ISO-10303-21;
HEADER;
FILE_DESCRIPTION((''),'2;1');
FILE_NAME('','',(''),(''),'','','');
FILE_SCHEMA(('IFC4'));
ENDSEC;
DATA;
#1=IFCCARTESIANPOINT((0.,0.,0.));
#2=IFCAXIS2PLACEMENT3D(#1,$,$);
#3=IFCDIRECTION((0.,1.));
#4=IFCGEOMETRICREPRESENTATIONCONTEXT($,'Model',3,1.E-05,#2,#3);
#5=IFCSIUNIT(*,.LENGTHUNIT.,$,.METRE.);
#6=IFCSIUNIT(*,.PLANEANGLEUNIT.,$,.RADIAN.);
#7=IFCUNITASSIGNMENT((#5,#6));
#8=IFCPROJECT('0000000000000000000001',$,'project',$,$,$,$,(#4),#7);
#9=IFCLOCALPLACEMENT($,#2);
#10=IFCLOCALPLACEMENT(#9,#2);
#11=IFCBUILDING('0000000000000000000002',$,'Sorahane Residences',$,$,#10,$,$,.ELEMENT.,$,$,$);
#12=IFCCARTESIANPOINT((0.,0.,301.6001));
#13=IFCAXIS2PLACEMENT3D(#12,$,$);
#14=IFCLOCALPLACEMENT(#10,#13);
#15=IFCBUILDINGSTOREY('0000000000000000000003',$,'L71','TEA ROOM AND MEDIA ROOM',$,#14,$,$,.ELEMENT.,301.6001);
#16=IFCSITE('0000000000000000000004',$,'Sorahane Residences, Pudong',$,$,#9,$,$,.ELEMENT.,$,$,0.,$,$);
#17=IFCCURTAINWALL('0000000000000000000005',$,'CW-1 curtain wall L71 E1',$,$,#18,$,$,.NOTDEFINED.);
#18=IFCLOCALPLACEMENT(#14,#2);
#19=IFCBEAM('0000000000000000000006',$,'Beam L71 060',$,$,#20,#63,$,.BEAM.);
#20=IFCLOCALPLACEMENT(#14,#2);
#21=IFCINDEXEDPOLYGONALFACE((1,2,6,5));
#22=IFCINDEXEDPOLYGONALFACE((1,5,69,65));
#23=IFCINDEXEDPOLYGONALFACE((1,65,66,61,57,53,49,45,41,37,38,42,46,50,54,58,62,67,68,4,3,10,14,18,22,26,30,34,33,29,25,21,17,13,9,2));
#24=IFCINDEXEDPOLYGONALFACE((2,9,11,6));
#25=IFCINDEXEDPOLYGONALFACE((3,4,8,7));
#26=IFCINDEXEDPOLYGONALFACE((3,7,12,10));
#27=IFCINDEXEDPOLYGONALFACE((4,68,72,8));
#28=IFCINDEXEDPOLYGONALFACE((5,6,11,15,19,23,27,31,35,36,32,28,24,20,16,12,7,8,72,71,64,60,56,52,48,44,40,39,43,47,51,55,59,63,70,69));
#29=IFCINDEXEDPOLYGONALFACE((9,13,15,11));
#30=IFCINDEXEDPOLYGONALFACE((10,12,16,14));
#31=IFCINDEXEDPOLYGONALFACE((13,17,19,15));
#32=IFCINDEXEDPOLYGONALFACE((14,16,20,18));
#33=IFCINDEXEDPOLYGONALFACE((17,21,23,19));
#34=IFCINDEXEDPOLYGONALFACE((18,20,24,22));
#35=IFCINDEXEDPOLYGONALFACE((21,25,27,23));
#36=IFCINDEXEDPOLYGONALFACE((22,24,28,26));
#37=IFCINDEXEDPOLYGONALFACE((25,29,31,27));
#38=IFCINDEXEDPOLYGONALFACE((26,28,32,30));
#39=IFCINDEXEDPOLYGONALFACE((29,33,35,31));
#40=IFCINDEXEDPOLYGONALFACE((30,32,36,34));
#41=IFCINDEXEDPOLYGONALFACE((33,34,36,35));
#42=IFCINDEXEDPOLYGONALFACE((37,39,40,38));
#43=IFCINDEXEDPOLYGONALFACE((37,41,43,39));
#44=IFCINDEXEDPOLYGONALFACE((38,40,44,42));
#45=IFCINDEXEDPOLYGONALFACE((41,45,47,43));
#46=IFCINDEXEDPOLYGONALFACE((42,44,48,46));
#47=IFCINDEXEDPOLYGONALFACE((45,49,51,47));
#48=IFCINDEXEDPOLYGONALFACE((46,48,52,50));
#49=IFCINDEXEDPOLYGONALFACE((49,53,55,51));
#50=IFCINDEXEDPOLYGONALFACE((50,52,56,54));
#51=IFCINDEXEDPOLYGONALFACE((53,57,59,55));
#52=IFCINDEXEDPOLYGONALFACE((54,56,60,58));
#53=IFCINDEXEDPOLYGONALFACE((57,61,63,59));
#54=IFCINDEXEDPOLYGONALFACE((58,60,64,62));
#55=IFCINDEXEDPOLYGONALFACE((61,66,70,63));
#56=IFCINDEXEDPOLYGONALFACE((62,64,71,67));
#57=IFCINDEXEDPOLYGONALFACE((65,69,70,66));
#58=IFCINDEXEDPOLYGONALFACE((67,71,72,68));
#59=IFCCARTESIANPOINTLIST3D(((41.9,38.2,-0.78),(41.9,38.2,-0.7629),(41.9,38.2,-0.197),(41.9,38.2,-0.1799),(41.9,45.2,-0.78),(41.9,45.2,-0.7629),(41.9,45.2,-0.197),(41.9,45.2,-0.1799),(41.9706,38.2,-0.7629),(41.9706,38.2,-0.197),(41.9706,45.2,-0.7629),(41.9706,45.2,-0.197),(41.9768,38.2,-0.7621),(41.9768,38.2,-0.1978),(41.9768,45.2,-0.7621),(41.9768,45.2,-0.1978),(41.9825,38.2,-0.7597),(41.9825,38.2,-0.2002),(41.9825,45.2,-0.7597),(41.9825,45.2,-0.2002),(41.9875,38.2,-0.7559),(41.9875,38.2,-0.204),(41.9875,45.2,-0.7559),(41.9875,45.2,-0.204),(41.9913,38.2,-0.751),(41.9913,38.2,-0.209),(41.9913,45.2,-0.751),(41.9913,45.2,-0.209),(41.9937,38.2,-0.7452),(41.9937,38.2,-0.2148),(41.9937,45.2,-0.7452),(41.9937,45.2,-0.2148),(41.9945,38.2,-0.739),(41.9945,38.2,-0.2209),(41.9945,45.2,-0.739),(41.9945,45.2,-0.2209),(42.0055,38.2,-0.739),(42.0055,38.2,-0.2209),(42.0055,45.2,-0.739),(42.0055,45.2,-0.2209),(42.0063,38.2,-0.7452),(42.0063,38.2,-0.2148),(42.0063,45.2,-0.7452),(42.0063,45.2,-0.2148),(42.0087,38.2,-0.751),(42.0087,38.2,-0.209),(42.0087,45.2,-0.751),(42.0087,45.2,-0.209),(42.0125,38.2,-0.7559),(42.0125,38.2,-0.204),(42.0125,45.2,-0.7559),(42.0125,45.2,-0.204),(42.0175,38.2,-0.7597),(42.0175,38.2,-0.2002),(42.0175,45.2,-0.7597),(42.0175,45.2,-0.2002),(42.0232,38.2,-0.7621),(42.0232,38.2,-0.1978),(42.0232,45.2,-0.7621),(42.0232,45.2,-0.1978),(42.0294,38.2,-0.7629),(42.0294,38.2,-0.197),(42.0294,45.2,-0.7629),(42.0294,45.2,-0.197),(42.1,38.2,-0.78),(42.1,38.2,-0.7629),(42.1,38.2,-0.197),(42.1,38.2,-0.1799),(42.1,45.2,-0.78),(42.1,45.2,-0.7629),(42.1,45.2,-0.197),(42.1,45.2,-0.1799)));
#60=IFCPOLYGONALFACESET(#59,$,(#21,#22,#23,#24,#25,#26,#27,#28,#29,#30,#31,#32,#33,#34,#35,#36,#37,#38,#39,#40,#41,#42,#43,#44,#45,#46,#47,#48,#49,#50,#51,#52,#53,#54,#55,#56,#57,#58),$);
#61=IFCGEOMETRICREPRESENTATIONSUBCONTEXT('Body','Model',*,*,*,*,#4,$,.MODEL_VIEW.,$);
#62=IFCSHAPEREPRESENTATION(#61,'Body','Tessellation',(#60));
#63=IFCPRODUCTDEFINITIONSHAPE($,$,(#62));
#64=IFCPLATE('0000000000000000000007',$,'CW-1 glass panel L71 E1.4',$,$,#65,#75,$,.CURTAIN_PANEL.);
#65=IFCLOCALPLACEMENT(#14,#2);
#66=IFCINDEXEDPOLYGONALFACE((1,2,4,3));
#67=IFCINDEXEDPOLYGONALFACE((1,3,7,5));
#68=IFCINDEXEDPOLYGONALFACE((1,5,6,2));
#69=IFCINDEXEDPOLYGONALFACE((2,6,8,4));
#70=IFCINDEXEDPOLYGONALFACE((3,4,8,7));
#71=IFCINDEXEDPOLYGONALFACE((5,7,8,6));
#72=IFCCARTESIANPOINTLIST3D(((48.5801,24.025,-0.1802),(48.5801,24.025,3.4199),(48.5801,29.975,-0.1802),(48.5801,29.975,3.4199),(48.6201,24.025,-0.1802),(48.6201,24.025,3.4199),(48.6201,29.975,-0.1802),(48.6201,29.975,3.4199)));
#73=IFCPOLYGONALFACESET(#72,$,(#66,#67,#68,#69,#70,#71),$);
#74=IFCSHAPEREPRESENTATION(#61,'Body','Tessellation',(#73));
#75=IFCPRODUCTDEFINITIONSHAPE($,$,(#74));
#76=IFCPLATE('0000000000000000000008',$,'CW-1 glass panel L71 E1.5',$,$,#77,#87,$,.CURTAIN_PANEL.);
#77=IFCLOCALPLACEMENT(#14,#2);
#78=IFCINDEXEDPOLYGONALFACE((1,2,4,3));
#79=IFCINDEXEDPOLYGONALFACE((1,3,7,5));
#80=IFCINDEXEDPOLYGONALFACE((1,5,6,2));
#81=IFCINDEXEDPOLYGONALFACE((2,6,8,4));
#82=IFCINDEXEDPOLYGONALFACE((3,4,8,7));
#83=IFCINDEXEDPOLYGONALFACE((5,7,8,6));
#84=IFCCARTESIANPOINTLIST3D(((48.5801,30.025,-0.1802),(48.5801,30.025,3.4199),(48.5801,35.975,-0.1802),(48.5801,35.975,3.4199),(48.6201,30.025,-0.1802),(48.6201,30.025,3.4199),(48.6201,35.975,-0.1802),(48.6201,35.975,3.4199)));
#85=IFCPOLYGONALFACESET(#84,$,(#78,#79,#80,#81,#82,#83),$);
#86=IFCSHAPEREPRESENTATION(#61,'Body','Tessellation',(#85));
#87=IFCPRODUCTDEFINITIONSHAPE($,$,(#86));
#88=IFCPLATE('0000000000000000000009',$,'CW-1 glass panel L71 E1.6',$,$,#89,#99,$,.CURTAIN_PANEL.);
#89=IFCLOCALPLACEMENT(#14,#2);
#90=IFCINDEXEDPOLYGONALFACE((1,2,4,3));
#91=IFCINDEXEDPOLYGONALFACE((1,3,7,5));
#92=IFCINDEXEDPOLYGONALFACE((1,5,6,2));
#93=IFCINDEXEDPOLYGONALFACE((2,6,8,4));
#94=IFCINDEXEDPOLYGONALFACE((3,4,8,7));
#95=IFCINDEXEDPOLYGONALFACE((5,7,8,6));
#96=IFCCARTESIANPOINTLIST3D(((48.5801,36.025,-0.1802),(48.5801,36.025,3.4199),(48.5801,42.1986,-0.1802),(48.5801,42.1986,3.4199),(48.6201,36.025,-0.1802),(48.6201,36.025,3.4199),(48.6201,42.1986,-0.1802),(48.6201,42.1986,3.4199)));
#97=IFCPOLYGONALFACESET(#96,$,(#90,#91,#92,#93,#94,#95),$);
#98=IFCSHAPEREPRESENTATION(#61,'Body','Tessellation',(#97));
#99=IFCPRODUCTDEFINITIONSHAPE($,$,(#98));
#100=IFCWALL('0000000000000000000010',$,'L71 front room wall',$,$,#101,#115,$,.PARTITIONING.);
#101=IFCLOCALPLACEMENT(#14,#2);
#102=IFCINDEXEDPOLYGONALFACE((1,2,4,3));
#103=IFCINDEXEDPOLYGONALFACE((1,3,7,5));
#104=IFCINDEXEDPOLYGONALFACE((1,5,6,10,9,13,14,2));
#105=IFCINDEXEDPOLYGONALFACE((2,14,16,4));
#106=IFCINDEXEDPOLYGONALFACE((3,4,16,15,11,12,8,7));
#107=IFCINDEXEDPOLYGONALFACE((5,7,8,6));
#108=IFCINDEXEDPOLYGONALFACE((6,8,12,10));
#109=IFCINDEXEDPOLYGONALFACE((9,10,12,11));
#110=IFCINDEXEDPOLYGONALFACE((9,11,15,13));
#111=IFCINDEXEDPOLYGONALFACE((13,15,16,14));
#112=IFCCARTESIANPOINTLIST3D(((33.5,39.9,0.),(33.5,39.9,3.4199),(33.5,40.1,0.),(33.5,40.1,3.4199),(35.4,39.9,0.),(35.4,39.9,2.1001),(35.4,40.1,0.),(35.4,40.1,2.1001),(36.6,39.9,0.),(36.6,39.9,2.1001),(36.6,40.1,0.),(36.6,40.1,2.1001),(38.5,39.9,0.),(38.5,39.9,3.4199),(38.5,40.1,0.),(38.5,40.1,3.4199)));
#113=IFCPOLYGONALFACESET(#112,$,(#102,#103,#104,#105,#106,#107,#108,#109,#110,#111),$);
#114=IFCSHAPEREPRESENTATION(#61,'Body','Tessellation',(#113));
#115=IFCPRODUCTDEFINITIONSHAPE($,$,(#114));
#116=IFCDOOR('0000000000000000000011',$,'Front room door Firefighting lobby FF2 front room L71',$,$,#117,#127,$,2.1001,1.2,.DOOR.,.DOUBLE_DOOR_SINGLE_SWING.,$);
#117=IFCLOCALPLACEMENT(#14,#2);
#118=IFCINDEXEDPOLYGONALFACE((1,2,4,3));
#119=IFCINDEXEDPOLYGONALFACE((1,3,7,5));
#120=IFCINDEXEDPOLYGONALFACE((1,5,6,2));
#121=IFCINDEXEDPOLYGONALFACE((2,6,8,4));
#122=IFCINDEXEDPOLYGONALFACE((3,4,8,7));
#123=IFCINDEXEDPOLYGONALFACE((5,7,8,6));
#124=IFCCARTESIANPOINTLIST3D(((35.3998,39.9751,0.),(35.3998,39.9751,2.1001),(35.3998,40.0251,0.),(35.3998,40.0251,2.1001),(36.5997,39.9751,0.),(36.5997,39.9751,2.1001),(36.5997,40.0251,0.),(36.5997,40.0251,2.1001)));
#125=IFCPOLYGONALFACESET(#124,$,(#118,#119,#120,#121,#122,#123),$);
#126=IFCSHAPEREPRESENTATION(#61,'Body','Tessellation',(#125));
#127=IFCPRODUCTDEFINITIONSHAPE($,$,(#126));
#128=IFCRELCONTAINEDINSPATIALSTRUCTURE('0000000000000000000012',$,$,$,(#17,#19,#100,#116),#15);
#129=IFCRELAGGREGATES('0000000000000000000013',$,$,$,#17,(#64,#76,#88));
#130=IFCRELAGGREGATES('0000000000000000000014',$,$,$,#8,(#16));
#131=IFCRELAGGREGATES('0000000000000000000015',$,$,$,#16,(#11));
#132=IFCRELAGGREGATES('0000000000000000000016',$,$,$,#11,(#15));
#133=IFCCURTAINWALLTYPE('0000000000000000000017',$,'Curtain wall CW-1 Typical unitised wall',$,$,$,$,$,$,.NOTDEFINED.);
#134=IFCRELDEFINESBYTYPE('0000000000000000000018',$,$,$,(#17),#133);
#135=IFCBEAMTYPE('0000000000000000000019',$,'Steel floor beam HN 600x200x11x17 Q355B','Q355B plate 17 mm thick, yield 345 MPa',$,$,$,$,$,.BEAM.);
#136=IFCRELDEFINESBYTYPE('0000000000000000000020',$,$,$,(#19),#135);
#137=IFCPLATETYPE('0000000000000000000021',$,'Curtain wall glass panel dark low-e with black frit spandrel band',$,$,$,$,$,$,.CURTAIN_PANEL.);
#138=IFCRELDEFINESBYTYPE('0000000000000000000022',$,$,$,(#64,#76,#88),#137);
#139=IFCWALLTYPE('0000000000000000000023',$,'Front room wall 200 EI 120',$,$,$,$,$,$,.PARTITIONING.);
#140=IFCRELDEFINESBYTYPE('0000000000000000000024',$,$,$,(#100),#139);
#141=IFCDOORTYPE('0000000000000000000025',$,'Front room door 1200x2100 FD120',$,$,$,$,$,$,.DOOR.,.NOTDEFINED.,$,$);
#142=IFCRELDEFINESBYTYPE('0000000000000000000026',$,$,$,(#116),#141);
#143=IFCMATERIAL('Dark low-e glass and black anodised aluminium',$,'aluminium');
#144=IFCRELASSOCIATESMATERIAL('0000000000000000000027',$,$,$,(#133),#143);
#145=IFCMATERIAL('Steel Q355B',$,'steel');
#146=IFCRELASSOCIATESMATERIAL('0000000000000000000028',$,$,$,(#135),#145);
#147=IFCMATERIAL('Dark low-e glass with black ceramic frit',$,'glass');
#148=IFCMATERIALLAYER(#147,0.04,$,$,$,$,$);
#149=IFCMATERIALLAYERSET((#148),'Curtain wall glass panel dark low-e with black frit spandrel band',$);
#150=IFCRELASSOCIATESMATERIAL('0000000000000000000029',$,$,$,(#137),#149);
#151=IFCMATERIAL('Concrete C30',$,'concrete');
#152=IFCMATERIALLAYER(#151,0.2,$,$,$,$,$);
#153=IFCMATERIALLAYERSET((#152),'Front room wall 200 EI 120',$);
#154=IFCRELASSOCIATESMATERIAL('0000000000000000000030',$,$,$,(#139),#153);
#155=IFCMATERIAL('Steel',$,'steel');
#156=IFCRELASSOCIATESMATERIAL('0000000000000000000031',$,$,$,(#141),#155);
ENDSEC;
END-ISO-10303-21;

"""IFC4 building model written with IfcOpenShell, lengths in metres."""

from ifc_helpers import new_model, si_unit, direction, frame, frame_2d, origin, origin_2d, place, context, subcontext, project, spatial, rectangle, i_section, extrude, material, layer, layer_set, material_profile, profile_set, type_object, element, fill, aggregate, save


model = new_model("IFC4")

# Units and contexts
model_context = context("Model", 3, precision=1e-05, world=origin(), true_north=direction((0.0, 1.0)))
body_context = subcontext(model_context, "Body", "Model", "MODEL_VIEW")
ifc_project = project(units=[si_unit("LENGTHUNIT", "METRE"), si_unit("PLANEANGLEUNIT", "RADIAN")], contexts=[model_context])

# Site, building, storey
site_placement = place(None, origin())
site = spatial("IfcSite", under=ifc_project, at=site_placement, Name="Sorahane Residences, Pudong", CompositionType="ELEMENT", RefElevation=0.0)
building_placement = place(site_placement, origin())
building = spatial("IfcBuilding", under=site, at=building_placement, Name="Sorahane Residences", CompositionType="ELEMENT")
storey_placement = place(building_placement, frame((0.0, 0.0, 301.6001)))
storey = spatial("IfcBuildingStorey", under=building, at=storey_placement, Name="L71", Description="TEA ROOM AND MEDIA ROOM", CompositionType="ELEMENT", Elevation=301.6001)

# Curtain wall
ifc_material_1 = material(Name="Dark low-e glass and black anodised aluminium", Category="aluminium")
curtain_wall_type = type_object("IfcCurtainWallType", Name="Curtain wall CW-1 Typical unitised wall", PredefinedType="NOTDEFINED", material=ifc_material_1)
curtain_wall_placement = place(storey_placement, origin())
curtain_wall = element("IfcCurtainWall", 1, at=curtain_wall_placement, inside=storey, type_object=curtain_wall_type, Name="CW-1 curtain wall L71 E1", PredefinedType="NOTDEFINED")

# Beam
ifc_material_2 = material(Name="Steel Q355B", Category="steel")
ifc_material_profile_1 = material_profile(ifc_material_2, i_section(OverallWidth=0.2, OverallDepth=0.6001, WebThickness=0.011, FlangeThickness=0.0171, FilletRadius=0.0239, at=origin_2d()), Name="HN 600x200x11x17")
ifc_profile_set_1 = profile_set([ifc_material_profile_1], Name="Steel Q355B")
beam_type_1 = type_object("IfcBeamType", Name="Steel floor beam HN 600x200x11x17 Q355B", Description="Q355B plate 17 mm thick, yield 345 MPa", PredefinedType="BEAM", material=ifc_profile_set_1)
for number, where, z_axis, x_axis, name in (
    (2, (42.0, 38.2, -0.48), (0.0, 1.0, 0.0), (-1.0, 0.0, 0.0), "Beam L71 060"),
):
    element("IfcBeam", number, at=place(storey_placement, frame(where, z_axis=z_axis, x_axis=x_axis)), inside=storey, type_object=beam_type_1, Name=name, PredefinedType="BEAM", context=body_context, shape_type="SweptSolid", body=[
        extrude(i_section(OverallWidth=0.2, OverallDepth=0.6001, WebThickness=0.011, FlangeThickness=0.0171, FilletRadius=0.0239, at=origin_2d()), origin(), (0.0, 0.0, 1.0), 7.0),
    ])

# Plates
ifc_material_3 = material(Name="Dark low-e glass with black ceramic frit", Category="glass")
ifc_layer_1 = layer(ifc_material_3, 0.04)
ifc_layer_set_1 = layer_set([ifc_layer_1], Name="Curtain wall glass panel dark low-e with black frit spandrel band")
plate_type = type_object("IfcPlateType", Name="Curtain wall glass panel dark low-e with black frit spandrel band", PredefinedType="CURTAIN_PANEL", material=ifc_layer_set_1)
plate_1_placement = place(storey_placement, frame((48.6001, 27.0, -0.1802), z_axis=(0.0, 0.0, 1.0), x_axis=(0.0, 1.0, 0.0)))
plate_1 = element("IfcPlate", 3, at=plate_1_placement, type_object=plate_type, Name="CW-1 glass panel L71 E1.4", PredefinedType="CURTAIN_PANEL", context=body_context, shape_type="SweptSolid", body=[
    extrude(rectangle(XDim=5.95, YDim=0.04, at=origin_2d()), origin(), (0.0, 0.0, 1.0), 3.6001),
])
plate_2_placement = place(storey_placement, frame((48.6001, 33.0, -0.1802), z_axis=(0.0, 0.0, 1.0), x_axis=(0.0, 1.0, 0.0)))
plate_2 = element("IfcPlate", 4, at=plate_2_placement, type_object=plate_type, Name="CW-1 glass panel L71 E1.5", PredefinedType="CURTAIN_PANEL", context=body_context, shape_type="SweptSolid", body=[
    extrude(rectangle(XDim=5.95, YDim=0.04, at=origin_2d()), origin(), (0.0, 0.0, 1.0), 3.6001),
])
plate_3_placement = place(storey_placement, frame((48.6001, 39.1118, -0.1802), z_axis=(0.0, 0.0, 1.0), x_axis=(0.0, 1.0, 0.0)))
plate_3 = element("IfcPlate", 5, at=plate_3_placement, type_object=plate_type, Name="CW-1 glass panel L71 E1.6", PredefinedType="CURTAIN_PANEL", context=body_context, shape_type="SweptSolid", body=[
    extrude(rectangle(XDim=6.1736, YDim=0.04, at=origin_2d()), origin(), (0.0, 0.0, 1.0), 3.6001),
])
aggregate(curtain_wall, [plate_1, plate_2, plate_3])

# Wall, opening, door
ifc_material_4 = material(Name="Concrete C30", Category="concrete")
ifc_layer_2 = layer(ifc_material_4, 0.2)
ifc_layer_set_2 = layer_set([ifc_layer_2], Name="Front room wall 200 EI 120")
wall_type_1 = type_object("IfcWallType", Name="Front room wall 200 EI 120", PredefinedType="PARTITIONING", material=ifc_layer_set_2)
wall_1_placement = place(storey_placement, frame((33.5, 40.0, 0.0), z_axis=(0.0, 0.0, 1.0), x_axis=(1.0, 0.0, 0.0)))
wall_1 = element("IfcWall", 6, at=wall_1_placement, inside=storey, type_object=wall_type_1, Name="L71 front room wall", PredefinedType="PARTITIONING", context=body_context, shape_type="SweptSolid", body=[
    extrude(rectangle(XDim=5.0, YDim=0.2, at=frame_2d((2.5, 0.0))), origin(), (0.0, 0.0, 1.0), 3.4199),
])
opening_1_placement = place(wall_1_placement, frame((1.8999, 0.0, 0.0)))
opening_1 = element("IfcOpeningElement", 7, at=opening_1_placement, cuts=wall_1, PredefinedType="OPENING", context=body_context, shape_type="SweptSolid", body=[
    extrude(rectangle(XDim=1.2, YDim=2.1001, at=frame_2d((0.6001, 1.05))), frame((0.0, 0.1099, 0.0), z_axis=(0.0, -1.0, 0.0), x_axis=(1.0, 0.0, 0.0)), (0.0, 0.0, 1.0), 0.22),
])
ifc_material_5 = material(Name="Steel", Category="steel")
door_type_1 = type_object("IfcDoorType", Name="Front room door 1200x2100 FD120", OperationType="NOTDEFINED", PredefinedType="DOOR", material=ifc_material_5)
door_1_placement = place(opening_1_placement, frame((1.2, 0.0, 0.0), z_axis=(0.0, 0.0, 1.0), x_axis=(-1.0, 0.0, 0.0)))
door_1 = element("IfcDoor", 8, at=door_1_placement, inside=storey, type_object=door_type_1, Name="Front room door Firefighting lobby FF2 front room L71", OperationType="DOUBLE_DOOR_SINGLE_SWING", OverallHeight=2.1001, OverallWidth=1.2, PredefinedType="DOOR", context=body_context, shape_type="SweptSolid", body=[
    extrude(rectangle(XDim=1.2, YDim=2.1001, at=frame_2d((0.6001, 1.05))), frame((0.0, 0.0249, 0.0), z_axis=(0.0, -1.0, 0.0), x_axis=(1.0, 0.0, 0.0)), (0.0, 0.0, 1.0), 0.05),
])
fill(opening_1, door_1)

save(model, "model.ifc")
